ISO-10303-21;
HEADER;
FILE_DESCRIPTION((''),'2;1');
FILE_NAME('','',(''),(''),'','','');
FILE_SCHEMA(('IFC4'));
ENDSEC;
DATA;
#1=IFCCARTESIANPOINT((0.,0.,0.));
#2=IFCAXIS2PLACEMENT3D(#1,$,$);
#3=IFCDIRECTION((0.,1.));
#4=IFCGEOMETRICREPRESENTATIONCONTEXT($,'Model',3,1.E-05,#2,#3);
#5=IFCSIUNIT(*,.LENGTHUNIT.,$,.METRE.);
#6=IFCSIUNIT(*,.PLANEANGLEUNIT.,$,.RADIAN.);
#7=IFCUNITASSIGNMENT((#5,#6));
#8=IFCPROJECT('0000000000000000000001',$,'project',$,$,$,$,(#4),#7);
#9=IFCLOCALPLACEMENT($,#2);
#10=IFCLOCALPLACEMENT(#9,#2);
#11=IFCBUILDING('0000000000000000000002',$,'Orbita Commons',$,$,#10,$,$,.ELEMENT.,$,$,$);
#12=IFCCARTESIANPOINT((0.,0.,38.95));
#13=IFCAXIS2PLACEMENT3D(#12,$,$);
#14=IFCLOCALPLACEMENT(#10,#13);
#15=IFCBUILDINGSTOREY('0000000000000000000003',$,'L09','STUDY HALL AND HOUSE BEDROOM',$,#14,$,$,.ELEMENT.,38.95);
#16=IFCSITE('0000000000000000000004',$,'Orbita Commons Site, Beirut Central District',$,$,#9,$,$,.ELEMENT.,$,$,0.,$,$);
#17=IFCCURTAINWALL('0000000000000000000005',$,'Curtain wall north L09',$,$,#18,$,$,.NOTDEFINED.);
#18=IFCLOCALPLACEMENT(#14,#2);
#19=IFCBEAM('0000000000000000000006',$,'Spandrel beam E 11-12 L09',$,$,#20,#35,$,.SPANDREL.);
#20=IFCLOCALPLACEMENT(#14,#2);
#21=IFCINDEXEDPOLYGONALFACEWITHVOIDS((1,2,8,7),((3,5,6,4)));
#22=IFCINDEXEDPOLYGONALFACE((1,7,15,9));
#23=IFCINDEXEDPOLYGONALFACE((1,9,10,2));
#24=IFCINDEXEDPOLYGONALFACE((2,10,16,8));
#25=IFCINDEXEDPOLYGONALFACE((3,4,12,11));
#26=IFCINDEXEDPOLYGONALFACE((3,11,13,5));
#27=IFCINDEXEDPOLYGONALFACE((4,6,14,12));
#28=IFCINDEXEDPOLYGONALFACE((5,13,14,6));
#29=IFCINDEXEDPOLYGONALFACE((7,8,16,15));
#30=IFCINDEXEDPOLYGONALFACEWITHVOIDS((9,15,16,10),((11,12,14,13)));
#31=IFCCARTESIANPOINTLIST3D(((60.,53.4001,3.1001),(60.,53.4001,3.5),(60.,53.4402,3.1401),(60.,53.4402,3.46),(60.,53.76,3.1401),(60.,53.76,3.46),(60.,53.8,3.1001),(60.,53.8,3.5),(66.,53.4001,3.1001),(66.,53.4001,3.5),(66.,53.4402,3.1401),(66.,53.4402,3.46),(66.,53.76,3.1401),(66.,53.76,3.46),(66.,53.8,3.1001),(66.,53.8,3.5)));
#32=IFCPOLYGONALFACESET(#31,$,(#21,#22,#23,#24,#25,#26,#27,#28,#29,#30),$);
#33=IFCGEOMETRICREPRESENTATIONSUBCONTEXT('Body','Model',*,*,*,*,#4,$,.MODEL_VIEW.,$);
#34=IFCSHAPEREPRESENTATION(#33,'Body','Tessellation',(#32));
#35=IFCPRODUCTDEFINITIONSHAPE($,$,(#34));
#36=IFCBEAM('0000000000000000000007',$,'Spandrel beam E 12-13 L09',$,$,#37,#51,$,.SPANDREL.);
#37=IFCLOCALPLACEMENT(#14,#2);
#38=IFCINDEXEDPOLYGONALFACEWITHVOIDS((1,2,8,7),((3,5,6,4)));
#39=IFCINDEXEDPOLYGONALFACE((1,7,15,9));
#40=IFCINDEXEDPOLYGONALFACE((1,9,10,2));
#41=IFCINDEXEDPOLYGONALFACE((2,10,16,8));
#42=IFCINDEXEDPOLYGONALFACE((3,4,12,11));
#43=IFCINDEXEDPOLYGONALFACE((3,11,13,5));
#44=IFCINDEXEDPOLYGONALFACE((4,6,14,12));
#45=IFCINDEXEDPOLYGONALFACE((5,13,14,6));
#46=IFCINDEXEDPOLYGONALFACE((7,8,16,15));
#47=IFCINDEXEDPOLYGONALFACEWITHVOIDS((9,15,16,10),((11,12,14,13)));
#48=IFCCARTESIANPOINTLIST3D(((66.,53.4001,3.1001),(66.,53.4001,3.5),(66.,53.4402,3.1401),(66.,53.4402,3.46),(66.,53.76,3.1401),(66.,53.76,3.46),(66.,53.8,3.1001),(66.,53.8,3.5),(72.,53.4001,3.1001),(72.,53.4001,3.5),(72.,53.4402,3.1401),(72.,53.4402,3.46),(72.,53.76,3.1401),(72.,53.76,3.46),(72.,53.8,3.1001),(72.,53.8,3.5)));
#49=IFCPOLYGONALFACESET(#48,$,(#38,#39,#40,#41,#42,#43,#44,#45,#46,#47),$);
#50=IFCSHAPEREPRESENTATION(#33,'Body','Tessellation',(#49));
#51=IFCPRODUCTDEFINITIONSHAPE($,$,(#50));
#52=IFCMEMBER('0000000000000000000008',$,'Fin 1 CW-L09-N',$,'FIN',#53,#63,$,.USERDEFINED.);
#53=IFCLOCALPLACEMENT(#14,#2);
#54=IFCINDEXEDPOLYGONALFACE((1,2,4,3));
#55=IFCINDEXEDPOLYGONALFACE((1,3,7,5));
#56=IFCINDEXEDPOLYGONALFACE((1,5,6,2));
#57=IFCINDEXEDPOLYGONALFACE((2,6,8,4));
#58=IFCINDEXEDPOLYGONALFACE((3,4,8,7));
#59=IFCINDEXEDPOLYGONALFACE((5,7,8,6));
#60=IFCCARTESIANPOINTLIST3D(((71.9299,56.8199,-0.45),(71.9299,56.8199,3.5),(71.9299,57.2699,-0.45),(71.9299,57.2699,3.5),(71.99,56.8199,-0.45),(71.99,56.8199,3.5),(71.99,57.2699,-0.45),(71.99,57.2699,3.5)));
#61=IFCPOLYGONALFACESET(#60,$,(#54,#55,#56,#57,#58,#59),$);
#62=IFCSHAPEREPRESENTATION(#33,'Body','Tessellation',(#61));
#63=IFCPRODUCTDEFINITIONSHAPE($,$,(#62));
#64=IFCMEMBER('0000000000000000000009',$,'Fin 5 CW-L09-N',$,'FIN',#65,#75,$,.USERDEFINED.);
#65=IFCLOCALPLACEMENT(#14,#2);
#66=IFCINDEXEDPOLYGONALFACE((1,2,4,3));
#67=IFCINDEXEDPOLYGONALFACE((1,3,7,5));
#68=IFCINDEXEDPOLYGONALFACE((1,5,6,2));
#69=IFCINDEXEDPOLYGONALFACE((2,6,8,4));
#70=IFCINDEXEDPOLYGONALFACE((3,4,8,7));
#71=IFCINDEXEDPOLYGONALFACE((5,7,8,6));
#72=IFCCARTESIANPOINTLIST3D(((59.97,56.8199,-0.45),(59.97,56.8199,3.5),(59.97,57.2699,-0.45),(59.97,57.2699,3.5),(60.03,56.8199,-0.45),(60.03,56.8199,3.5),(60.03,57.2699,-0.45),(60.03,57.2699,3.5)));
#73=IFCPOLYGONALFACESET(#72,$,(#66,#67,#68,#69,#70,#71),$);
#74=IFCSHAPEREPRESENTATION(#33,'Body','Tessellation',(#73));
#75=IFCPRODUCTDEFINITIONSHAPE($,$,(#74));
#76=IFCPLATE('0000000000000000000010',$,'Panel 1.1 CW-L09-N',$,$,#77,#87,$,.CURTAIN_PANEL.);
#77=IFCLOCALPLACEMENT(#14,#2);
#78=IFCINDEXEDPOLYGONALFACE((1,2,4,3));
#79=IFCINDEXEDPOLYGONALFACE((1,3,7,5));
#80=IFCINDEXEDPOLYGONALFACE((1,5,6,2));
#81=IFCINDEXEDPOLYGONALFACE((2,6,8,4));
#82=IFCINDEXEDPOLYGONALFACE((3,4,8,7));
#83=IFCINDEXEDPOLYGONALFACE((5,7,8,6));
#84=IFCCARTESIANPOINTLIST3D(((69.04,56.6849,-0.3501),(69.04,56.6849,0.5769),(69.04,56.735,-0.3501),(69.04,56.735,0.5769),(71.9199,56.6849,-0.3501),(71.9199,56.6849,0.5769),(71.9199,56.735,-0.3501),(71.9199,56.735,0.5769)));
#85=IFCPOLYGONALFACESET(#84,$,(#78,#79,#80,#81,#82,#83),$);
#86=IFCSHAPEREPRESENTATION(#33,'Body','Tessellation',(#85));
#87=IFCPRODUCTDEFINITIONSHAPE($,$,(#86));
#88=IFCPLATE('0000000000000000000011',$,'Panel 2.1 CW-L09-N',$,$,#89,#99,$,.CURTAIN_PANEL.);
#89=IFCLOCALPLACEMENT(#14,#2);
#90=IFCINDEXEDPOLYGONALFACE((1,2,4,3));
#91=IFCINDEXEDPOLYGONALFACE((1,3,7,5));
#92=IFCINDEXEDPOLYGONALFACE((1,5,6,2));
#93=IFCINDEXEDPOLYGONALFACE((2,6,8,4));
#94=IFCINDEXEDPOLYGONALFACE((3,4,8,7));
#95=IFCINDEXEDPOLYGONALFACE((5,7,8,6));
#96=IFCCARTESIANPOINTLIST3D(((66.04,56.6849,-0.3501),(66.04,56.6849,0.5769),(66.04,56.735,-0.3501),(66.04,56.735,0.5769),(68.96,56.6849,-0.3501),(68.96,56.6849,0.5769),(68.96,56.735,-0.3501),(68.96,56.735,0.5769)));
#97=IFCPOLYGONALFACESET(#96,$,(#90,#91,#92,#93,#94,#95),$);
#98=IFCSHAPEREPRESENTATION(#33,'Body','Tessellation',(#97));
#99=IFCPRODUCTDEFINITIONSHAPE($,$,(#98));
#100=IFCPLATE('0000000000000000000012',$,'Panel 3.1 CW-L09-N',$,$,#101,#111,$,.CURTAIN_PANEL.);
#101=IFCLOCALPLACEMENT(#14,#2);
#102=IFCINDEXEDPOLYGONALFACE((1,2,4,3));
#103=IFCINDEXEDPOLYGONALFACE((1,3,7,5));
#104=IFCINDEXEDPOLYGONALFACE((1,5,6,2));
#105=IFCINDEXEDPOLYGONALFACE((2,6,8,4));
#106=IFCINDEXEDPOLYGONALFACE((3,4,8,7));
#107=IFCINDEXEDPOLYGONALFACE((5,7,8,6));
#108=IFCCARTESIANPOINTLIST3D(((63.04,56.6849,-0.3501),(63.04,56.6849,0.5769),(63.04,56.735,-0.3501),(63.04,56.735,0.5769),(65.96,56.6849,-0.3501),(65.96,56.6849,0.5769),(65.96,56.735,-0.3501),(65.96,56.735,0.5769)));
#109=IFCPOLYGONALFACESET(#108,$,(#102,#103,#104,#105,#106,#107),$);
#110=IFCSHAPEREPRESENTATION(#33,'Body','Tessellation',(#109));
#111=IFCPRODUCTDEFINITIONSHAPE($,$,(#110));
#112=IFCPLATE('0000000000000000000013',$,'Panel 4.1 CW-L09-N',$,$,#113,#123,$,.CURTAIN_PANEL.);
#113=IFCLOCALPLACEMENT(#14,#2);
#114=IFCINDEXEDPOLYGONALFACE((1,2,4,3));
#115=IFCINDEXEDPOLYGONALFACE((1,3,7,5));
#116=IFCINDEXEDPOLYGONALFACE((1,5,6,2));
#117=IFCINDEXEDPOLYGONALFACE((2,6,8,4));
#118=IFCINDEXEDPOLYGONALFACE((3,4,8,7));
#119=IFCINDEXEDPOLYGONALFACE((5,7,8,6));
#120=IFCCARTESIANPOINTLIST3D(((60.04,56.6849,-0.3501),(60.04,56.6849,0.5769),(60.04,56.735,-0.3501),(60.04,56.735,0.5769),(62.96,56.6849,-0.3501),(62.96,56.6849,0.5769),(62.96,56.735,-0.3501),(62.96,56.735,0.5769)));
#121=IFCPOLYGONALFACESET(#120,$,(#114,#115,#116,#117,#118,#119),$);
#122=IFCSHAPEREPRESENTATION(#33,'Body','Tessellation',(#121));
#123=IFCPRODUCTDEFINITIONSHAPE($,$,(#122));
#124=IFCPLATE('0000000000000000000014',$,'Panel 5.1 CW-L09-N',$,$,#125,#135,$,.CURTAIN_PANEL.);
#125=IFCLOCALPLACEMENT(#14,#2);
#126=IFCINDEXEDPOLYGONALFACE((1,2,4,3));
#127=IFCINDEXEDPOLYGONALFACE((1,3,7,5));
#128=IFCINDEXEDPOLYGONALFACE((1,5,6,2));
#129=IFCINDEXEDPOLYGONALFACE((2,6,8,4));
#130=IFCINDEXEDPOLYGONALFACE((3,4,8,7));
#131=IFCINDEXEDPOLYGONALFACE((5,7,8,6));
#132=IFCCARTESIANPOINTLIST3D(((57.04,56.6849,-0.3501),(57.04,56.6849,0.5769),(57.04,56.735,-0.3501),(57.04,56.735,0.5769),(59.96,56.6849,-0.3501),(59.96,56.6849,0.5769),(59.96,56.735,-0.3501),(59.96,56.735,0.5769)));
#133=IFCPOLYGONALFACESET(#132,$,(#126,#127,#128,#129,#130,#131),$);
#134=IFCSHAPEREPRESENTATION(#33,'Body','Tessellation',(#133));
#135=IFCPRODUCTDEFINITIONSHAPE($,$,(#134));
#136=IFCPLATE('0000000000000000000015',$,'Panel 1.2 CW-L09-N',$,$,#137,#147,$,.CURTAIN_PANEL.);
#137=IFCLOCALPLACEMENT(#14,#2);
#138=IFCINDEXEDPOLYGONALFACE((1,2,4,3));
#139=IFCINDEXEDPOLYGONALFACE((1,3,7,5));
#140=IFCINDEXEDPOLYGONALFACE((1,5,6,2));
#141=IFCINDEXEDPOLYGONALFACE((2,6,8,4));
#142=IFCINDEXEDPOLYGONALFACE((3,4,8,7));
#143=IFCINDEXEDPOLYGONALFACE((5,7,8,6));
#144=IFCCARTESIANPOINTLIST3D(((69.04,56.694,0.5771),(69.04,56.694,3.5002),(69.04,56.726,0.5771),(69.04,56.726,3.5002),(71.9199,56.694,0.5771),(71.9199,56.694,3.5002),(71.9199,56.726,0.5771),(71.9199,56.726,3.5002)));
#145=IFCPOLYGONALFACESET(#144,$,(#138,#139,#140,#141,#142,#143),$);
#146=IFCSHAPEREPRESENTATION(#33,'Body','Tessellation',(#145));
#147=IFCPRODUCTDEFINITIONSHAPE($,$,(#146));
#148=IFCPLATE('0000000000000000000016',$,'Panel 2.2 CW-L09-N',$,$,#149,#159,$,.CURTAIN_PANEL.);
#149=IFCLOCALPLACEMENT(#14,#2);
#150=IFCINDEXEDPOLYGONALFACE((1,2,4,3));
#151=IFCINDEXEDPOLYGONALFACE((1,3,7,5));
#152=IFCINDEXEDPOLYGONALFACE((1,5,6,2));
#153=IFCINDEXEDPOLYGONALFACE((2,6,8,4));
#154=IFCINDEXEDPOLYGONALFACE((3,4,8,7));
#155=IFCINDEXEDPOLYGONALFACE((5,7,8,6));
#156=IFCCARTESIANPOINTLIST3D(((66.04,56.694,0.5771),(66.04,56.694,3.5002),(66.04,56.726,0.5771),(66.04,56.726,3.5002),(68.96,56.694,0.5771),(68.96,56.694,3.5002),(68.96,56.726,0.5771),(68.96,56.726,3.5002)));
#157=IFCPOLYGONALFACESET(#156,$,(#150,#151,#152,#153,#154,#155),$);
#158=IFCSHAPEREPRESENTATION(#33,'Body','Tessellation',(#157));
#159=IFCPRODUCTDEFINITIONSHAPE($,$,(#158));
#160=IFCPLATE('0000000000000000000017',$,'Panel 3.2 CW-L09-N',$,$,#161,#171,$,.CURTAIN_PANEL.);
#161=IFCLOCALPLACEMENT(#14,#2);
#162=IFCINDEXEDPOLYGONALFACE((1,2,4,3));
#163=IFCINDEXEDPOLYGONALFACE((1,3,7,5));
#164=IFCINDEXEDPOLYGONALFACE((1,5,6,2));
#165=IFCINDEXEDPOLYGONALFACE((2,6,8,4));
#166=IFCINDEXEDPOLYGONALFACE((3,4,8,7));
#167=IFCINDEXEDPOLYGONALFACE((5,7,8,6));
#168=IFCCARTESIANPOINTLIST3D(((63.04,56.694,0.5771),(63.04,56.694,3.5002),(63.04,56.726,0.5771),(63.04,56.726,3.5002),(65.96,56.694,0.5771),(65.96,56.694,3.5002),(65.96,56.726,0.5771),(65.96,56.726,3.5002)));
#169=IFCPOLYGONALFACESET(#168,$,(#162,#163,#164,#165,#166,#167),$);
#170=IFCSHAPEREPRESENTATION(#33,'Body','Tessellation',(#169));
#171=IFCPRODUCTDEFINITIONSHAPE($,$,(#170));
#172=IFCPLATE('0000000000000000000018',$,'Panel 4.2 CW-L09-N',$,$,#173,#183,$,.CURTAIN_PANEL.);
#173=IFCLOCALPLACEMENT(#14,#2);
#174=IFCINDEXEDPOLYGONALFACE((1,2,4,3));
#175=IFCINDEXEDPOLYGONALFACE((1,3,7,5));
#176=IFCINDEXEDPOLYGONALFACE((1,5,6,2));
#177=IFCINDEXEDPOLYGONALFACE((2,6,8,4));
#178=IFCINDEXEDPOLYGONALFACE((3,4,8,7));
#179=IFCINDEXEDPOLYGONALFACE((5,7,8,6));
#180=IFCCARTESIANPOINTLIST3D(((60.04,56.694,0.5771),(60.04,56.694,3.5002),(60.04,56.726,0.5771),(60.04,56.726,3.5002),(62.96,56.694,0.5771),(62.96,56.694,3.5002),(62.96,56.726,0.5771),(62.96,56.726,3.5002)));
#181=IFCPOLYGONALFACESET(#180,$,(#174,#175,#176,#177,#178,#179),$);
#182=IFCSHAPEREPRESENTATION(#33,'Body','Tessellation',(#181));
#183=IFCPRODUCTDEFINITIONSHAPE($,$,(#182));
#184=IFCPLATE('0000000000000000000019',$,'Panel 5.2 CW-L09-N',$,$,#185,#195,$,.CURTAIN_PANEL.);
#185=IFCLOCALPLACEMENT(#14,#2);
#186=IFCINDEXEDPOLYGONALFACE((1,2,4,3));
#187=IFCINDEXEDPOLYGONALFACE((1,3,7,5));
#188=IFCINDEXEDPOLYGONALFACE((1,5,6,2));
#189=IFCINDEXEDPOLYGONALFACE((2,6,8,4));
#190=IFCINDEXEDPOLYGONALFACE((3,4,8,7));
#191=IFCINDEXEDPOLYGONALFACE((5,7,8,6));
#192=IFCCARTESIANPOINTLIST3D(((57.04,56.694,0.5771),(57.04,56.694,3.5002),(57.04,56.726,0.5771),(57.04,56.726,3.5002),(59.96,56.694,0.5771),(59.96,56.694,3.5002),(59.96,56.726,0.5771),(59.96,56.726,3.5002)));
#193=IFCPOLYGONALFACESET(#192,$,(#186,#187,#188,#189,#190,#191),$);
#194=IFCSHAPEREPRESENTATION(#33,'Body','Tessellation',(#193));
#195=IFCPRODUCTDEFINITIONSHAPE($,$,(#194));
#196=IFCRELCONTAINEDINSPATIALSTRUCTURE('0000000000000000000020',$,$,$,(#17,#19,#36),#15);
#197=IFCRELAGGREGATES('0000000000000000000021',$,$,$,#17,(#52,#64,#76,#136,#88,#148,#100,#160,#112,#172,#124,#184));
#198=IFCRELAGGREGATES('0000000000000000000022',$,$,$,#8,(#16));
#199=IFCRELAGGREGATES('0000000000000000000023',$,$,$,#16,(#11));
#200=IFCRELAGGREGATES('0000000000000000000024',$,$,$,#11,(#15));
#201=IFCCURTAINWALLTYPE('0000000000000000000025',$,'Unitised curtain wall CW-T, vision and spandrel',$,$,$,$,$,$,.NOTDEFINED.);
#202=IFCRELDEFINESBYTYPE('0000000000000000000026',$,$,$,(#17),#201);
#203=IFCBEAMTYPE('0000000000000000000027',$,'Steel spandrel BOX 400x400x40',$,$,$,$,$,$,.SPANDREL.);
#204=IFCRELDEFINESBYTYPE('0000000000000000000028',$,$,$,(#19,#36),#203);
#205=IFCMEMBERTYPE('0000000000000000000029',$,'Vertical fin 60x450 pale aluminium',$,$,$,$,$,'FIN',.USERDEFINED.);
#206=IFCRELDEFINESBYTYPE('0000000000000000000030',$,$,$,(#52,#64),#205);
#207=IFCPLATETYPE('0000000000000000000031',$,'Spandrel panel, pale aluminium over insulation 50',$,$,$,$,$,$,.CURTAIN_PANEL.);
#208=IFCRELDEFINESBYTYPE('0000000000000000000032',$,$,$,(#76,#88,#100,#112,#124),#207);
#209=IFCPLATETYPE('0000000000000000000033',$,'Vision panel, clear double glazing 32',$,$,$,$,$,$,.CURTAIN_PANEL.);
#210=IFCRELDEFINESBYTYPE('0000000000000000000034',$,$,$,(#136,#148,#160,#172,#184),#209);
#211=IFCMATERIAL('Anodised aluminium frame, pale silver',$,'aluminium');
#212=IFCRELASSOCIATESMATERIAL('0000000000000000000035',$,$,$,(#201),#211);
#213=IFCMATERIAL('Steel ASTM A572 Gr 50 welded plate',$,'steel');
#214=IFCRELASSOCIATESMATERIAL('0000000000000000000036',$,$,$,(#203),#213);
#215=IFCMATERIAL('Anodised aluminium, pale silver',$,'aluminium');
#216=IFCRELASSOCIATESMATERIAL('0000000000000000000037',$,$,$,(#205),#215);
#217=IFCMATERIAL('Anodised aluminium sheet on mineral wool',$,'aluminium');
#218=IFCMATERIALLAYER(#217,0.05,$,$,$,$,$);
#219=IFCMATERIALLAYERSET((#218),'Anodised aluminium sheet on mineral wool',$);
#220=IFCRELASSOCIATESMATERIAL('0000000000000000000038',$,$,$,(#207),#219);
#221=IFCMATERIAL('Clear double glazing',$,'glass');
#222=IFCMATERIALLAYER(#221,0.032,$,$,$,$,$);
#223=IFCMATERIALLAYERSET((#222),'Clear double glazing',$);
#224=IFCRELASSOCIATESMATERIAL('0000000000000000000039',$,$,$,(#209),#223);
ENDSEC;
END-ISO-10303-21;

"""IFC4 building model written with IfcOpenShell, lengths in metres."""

from ifc_helpers import new_model, si_unit, direction, frame, origin, origin_2d, place, context, subcontext, project, spatial, rectangle, hollow_rectangle, extrude, material, layer, layer_set, material_profile, profile_set, type_object, element, aggregate, save


model = new_model("IFC4")

# Units and contexts
model_context = context("Model", 3, precision=1e-05, world=origin(), true_north=direction((0.0, 1.0)))
body_context = subcontext(model_context, "Body", "Model", "MODEL_VIEW")
ifc_project = project(units=[si_unit("LENGTHUNIT", "METRE"), si_unit("PLANEANGLEUNIT", "RADIAN")], contexts=[model_context])

# Site, building, storey
site_placement = place(None, origin())
site = spatial("IfcSite", under=ifc_project, at=site_placement, Name="Orbita Commons Site, Beirut Central District", CompositionType="ELEMENT", RefElevation=0.0)
building_placement = place(site_placement, origin())
building = spatial("IfcBuilding", under=site, at=building_placement, Name="Orbita Commons", CompositionType="ELEMENT")
storey_placement = place(building_placement, frame((0.0, 0.0, 38.95)))
storey = spatial("IfcBuildingStorey", under=building, at=storey_placement, Name="L09", Description="STUDY HALL AND HOUSE BEDROOM", CompositionType="ELEMENT", Elevation=38.95)

# Curtain wall
ifc_material_1 = material(Name="Anodised aluminium frame, pale silver", Category="aluminium")
curtain_wall_type = type_object("IfcCurtainWallType", Name="Unitised curtain wall CW-T, vision and spandrel", PredefinedType="NOTDEFINED", material=ifc_material_1)
curtain_wall_placement = place(storey_placement, origin())
curtain_wall = element("IfcCurtainWall", 1, at=curtain_wall_placement, inside=storey, type_object=curtain_wall_type, Name="Curtain wall north L09", PredefinedType="NOTDEFINED")

# Beams
ifc_material_2 = material(Name="Steel ASTM A572 Gr 50 welded plate", Category="steel")
ifc_material_profile_1 = material_profile(ifc_material_2, hollow_rectangle(XDim=0.3999, YDim=0.3999, WallThickness=0.04, at=origin_2d()), Name="BOX 400x400x40")
ifc_profile_set_1 = profile_set([ifc_material_profile_1], Name="Steel ASTM A572 Gr 50 welded plate")
beam_type = type_object("IfcBeamType", Name="Steel spandrel BOX 400x400x40", PredefinedType="SPANDREL", material=ifc_profile_set_1)
for number, where, z_axis, x_axis, name in (
    (2, (60.0, 53.6001, 3.3), (1.0, 0.0, 0.0), (0.0, 1.0, 0.0), "Spandrel beam E 11-12 L09"),
    (3, (66.0, 53.6001, 3.3), (1.0, 0.0, 0.0), (0.0, 1.0, 0.0), "Spandrel beam E 12-13 L09"),
):
    element("IfcBeam", number, at=place(storey_placement, frame(where, z_axis=z_axis, x_axis=x_axis)), inside=storey, type_object=beam_type, Name=name, PredefinedType="SPANDREL", context=body_context, shape_type="SweptSolid", body=[
        extrude(hollow_rectangle(XDim=0.3999, YDim=0.3999, WallThickness=0.04, at=origin_2d()), origin(), (0.0, 0.0, 1.0), 6.0),
    ])

# Members
ifc_material_3 = material(Name="Anodised aluminium, pale silver", Category="aluminium")
ifc_material_profile_2 = material_profile(ifc_material_3, rectangle(XDim=0.0601, YDim=0.45, at=origin_2d()), Name="FIN 60x450")
ifc_profile_set_2 = profile_set([ifc_material_profile_2], Name="Anodised aluminium, pale silver")
member_type_1 = type_object("IfcMemberType", Name="Vertical fin 60x450 pale aluminium", ElementType="FIN", PredefinedType="USERDEFINED", material=ifc_profile_set_2)
member_1_placement = place(storey_placement, frame((71.96, 57.0449, -0.45), z_axis=(0.0, 0.0, 1.0), x_axis=(-1.0, 0.0, 0.0)))
member_1 = element("IfcMember", 4, at=member_1_placement, type_object=member_type_1, Name="Fin 1 CW-L09-N", ObjectType="FIN", PredefinedType="USERDEFINED", context=body_context, shape_type="SweptSolid", body=[
    extrude(rectangle(XDim=0.0601, YDim=0.45, at=origin_2d()), origin(), (0.0, 0.0, 1.0), 3.95),
])
member_2_placement = place(storey_placement, frame((60.0, 57.0449, -0.45), z_axis=(0.0, 0.0, 1.0), x_axis=(-1.0, 0.0, 0.0)))
member_2 = element("IfcMember", 5, at=member_2_placement, type_object=member_type_1, Name="Fin 5 CW-L09-N", ObjectType="FIN", PredefinedType="USERDEFINED", context=body_context, shape_type="SweptSolid", body=[
    extrude(rectangle(XDim=0.0601, YDim=0.45, at=origin_2d()), origin(), (0.0, 0.0, 1.0), 3.95),
])

# Plates
ifc_material_4 = material(Name="Anodised aluminium sheet on mineral wool", Category="aluminium")
ifc_layer_1 = layer(ifc_material_4, 0.05)
ifc_layer_set_1 = layer_set([ifc_layer_1], Name="Anodised aluminium sheet on mineral wool")
plate_type_1 = type_object("IfcPlateType", Name="Spandrel panel, pale aluminium over insulation 50", PredefinedType="CURTAIN_PANEL", material=ifc_layer_set_1)
plate_1_placement = place(storey_placement, frame((70.48, 56.71, -0.3501), z_axis=(0.0, 0.0, 1.0), x_axis=(-1.0, 0.0, 0.0)))
plate_1 = element("IfcPlate", 6, at=plate_1_placement, type_object=plate_type_1, Name="Panel 1.1 CW-L09-N", PredefinedType="CURTAIN_PANEL", context=body_context, shape_type="SweptSolid", body=[
    extrude(rectangle(XDim=2.8799, YDim=0.05, at=origin_2d()), origin(), (0.0, 0.0, 1.0), 0.927),
])
plate_2_placement = place(storey_placement, frame((67.5, 56.71, -0.3501), z_axis=(0.0, 0.0, 1.0), x_axis=(-1.0, 0.0, 0.0)))
plate_2 = element("IfcPlate", 7, at=plate_2_placement, type_object=plate_type_1, Name="Panel 2.1 CW-L09-N", PredefinedType="CURTAIN_PANEL", context=body_context, shape_type="SweptSolid", body=[
    extrude(rectangle(XDim=2.9199, YDim=0.05, at=origin_2d()), origin(), (0.0, 0.0, 1.0), 0.927),
])
plate_3_placement = place(storey_placement, frame((64.5, 56.71, -0.3501), z_axis=(0.0, 0.0, 1.0), x_axis=(-1.0, 0.0, 0.0)))
plate_3 = element("IfcPlate", 8, at=plate_3_placement, type_object=plate_type_1, Name="Panel 3.1 CW-L09-N", PredefinedType="CURTAIN_PANEL", context=body_context, shape_type="SweptSolid", body=[
    extrude(rectangle(XDim=2.9199, YDim=0.05, at=origin_2d()), origin(), (0.0, 0.0, 1.0), 0.927),
])
plate_4_placement = place(storey_placement, frame((61.5, 56.71, -0.3501), z_axis=(0.0, 0.0, 1.0), x_axis=(-1.0, 0.0, 0.0)))
plate_4 = element("IfcPlate", 9, at=plate_4_placement, type_object=plate_type_1, Name="Panel 4.1 CW-L09-N", PredefinedType="CURTAIN_PANEL", context=body_context, shape_type="SweptSolid", body=[
    extrude(rectangle(XDim=2.9199, YDim=0.05, at=origin_2d()), origin(), (0.0, 0.0, 1.0), 0.927),
])
plate_5_placement = place(storey_placement, frame((58.5, 56.71, -0.3501), z_axis=(0.0, 0.0, 1.0), x_axis=(-1.0, 0.0, 0.0)))
plate_5 = element("IfcPlate", 10, at=plate_5_placement, type_object=plate_type_1, Name="Panel 5.1 CW-L09-N", PredefinedType="CURTAIN_PANEL", context=body_context, shape_type="SweptSolid", body=[
    extrude(rectangle(XDim=2.9199, YDim=0.05, at=origin_2d()), origin(), (0.0, 0.0, 1.0), 0.927),
])
ifc_material_5 = material(Name="Clear double glazing", Category="glass")
ifc_layer_2 = layer(ifc_material_5, 0.032)
ifc_layer_set_2 = layer_set([ifc_layer_2], Name="Clear double glazing")
plate_type_2 = type_object("IfcPlateType", Name="Vision panel, clear double glazing 32", PredefinedType="CURTAIN_PANEL", material=ifc_layer_set_2)
plate_6_placement = place(storey_placement, frame((70.48, 56.71, 0.5771), z_axis=(0.0, 0.0, 1.0), x_axis=(-1.0, 0.0, 0.0)))
plate_6 = element("IfcPlate", 11, at=plate_6_placement, type_object=plate_type_2, Name="Panel 1.2 CW-L09-N", PredefinedType="CURTAIN_PANEL", context=body_context, shape_type="SweptSolid", body=[
    extrude(rectangle(XDim=2.8799, YDim=0.032, at=origin_2d()), origin(), (0.0, 0.0, 1.0), 2.9231),
])
plate_7_placement = place(storey_placement, frame((67.5, 56.71, 0.5771), z_axis=(0.0, 0.0, 1.0), x_axis=(-1.0, 0.0, 0.0)))
plate_7 = element("IfcPlate", 12, at=plate_7_placement, type_object=plate_type_2, Name="Panel 2.2 CW-L09-N", PredefinedType="CURTAIN_PANEL", context=body_context, shape_type="SweptSolid", body=[
    extrude(rectangle(XDim=2.9199, YDim=0.032, at=origin_2d()), origin(), (0.0, 0.0, 1.0), 2.9231),
])
plate_8_placement = place(storey_placement, frame((64.5, 56.71, 0.5771), z_axis=(0.0, 0.0, 1.0), x_axis=(-1.0, 0.0, 0.0)))
plate_8 = element("IfcPlate", 13, at=plate_8_placement, type_object=plate_type_2, Name="Panel 3.2 CW-L09-N", PredefinedType="CURTAIN_PANEL", context=body_context, shape_type="SweptSolid", body=[
    extrude(rectangle(XDim=2.9199, YDim=0.032, at=origin_2d()), origin(), (0.0, 0.0, 1.0), 2.9231),
])
plate_9_placement = place(storey_placement, frame((61.5, 56.71, 0.5771), z_axis=(0.0, 0.0, 1.0), x_axis=(-1.0, 0.0, 0.0)))
plate_9 = element("IfcPlate", 14, at=plate_9_placement, type_object=plate_type_2, Name="Panel 4.2 CW-L09-N", PredefinedType="CURTAIN_PANEL", context=body_context, shape_type="SweptSolid", body=[
    extrude(rectangle(XDim=2.9199, YDim=0.032, at=origin_2d()), origin(), (0.0, 0.0, 1.0), 2.9231),
])
plate_10_placement = place(storey_placement, frame((58.5, 56.71, 0.5771), z_axis=(0.0, 0.0, 1.0), x_axis=(-1.0, 0.0, 0.0)))
plate_10 = element("IfcPlate", 15, at=plate_10_placement, type_object=plate_type_2, Name="Panel 5.2 CW-L09-N", PredefinedType="CURTAIN_PANEL", context=body_context, shape_type="SweptSolid", body=[
    extrude(rectangle(XDim=2.9199, YDim=0.032, at=origin_2d()), origin(), (0.0, 0.0, 1.0), 2.9231),
])
aggregate(curtain_wall, [member_1, member_2, plate_1, plate_6, plate_2, plate_7, plate_3, plate_8, plate_4, plate_9, plate_5, plate_10])

save(model, "model.ifc")
